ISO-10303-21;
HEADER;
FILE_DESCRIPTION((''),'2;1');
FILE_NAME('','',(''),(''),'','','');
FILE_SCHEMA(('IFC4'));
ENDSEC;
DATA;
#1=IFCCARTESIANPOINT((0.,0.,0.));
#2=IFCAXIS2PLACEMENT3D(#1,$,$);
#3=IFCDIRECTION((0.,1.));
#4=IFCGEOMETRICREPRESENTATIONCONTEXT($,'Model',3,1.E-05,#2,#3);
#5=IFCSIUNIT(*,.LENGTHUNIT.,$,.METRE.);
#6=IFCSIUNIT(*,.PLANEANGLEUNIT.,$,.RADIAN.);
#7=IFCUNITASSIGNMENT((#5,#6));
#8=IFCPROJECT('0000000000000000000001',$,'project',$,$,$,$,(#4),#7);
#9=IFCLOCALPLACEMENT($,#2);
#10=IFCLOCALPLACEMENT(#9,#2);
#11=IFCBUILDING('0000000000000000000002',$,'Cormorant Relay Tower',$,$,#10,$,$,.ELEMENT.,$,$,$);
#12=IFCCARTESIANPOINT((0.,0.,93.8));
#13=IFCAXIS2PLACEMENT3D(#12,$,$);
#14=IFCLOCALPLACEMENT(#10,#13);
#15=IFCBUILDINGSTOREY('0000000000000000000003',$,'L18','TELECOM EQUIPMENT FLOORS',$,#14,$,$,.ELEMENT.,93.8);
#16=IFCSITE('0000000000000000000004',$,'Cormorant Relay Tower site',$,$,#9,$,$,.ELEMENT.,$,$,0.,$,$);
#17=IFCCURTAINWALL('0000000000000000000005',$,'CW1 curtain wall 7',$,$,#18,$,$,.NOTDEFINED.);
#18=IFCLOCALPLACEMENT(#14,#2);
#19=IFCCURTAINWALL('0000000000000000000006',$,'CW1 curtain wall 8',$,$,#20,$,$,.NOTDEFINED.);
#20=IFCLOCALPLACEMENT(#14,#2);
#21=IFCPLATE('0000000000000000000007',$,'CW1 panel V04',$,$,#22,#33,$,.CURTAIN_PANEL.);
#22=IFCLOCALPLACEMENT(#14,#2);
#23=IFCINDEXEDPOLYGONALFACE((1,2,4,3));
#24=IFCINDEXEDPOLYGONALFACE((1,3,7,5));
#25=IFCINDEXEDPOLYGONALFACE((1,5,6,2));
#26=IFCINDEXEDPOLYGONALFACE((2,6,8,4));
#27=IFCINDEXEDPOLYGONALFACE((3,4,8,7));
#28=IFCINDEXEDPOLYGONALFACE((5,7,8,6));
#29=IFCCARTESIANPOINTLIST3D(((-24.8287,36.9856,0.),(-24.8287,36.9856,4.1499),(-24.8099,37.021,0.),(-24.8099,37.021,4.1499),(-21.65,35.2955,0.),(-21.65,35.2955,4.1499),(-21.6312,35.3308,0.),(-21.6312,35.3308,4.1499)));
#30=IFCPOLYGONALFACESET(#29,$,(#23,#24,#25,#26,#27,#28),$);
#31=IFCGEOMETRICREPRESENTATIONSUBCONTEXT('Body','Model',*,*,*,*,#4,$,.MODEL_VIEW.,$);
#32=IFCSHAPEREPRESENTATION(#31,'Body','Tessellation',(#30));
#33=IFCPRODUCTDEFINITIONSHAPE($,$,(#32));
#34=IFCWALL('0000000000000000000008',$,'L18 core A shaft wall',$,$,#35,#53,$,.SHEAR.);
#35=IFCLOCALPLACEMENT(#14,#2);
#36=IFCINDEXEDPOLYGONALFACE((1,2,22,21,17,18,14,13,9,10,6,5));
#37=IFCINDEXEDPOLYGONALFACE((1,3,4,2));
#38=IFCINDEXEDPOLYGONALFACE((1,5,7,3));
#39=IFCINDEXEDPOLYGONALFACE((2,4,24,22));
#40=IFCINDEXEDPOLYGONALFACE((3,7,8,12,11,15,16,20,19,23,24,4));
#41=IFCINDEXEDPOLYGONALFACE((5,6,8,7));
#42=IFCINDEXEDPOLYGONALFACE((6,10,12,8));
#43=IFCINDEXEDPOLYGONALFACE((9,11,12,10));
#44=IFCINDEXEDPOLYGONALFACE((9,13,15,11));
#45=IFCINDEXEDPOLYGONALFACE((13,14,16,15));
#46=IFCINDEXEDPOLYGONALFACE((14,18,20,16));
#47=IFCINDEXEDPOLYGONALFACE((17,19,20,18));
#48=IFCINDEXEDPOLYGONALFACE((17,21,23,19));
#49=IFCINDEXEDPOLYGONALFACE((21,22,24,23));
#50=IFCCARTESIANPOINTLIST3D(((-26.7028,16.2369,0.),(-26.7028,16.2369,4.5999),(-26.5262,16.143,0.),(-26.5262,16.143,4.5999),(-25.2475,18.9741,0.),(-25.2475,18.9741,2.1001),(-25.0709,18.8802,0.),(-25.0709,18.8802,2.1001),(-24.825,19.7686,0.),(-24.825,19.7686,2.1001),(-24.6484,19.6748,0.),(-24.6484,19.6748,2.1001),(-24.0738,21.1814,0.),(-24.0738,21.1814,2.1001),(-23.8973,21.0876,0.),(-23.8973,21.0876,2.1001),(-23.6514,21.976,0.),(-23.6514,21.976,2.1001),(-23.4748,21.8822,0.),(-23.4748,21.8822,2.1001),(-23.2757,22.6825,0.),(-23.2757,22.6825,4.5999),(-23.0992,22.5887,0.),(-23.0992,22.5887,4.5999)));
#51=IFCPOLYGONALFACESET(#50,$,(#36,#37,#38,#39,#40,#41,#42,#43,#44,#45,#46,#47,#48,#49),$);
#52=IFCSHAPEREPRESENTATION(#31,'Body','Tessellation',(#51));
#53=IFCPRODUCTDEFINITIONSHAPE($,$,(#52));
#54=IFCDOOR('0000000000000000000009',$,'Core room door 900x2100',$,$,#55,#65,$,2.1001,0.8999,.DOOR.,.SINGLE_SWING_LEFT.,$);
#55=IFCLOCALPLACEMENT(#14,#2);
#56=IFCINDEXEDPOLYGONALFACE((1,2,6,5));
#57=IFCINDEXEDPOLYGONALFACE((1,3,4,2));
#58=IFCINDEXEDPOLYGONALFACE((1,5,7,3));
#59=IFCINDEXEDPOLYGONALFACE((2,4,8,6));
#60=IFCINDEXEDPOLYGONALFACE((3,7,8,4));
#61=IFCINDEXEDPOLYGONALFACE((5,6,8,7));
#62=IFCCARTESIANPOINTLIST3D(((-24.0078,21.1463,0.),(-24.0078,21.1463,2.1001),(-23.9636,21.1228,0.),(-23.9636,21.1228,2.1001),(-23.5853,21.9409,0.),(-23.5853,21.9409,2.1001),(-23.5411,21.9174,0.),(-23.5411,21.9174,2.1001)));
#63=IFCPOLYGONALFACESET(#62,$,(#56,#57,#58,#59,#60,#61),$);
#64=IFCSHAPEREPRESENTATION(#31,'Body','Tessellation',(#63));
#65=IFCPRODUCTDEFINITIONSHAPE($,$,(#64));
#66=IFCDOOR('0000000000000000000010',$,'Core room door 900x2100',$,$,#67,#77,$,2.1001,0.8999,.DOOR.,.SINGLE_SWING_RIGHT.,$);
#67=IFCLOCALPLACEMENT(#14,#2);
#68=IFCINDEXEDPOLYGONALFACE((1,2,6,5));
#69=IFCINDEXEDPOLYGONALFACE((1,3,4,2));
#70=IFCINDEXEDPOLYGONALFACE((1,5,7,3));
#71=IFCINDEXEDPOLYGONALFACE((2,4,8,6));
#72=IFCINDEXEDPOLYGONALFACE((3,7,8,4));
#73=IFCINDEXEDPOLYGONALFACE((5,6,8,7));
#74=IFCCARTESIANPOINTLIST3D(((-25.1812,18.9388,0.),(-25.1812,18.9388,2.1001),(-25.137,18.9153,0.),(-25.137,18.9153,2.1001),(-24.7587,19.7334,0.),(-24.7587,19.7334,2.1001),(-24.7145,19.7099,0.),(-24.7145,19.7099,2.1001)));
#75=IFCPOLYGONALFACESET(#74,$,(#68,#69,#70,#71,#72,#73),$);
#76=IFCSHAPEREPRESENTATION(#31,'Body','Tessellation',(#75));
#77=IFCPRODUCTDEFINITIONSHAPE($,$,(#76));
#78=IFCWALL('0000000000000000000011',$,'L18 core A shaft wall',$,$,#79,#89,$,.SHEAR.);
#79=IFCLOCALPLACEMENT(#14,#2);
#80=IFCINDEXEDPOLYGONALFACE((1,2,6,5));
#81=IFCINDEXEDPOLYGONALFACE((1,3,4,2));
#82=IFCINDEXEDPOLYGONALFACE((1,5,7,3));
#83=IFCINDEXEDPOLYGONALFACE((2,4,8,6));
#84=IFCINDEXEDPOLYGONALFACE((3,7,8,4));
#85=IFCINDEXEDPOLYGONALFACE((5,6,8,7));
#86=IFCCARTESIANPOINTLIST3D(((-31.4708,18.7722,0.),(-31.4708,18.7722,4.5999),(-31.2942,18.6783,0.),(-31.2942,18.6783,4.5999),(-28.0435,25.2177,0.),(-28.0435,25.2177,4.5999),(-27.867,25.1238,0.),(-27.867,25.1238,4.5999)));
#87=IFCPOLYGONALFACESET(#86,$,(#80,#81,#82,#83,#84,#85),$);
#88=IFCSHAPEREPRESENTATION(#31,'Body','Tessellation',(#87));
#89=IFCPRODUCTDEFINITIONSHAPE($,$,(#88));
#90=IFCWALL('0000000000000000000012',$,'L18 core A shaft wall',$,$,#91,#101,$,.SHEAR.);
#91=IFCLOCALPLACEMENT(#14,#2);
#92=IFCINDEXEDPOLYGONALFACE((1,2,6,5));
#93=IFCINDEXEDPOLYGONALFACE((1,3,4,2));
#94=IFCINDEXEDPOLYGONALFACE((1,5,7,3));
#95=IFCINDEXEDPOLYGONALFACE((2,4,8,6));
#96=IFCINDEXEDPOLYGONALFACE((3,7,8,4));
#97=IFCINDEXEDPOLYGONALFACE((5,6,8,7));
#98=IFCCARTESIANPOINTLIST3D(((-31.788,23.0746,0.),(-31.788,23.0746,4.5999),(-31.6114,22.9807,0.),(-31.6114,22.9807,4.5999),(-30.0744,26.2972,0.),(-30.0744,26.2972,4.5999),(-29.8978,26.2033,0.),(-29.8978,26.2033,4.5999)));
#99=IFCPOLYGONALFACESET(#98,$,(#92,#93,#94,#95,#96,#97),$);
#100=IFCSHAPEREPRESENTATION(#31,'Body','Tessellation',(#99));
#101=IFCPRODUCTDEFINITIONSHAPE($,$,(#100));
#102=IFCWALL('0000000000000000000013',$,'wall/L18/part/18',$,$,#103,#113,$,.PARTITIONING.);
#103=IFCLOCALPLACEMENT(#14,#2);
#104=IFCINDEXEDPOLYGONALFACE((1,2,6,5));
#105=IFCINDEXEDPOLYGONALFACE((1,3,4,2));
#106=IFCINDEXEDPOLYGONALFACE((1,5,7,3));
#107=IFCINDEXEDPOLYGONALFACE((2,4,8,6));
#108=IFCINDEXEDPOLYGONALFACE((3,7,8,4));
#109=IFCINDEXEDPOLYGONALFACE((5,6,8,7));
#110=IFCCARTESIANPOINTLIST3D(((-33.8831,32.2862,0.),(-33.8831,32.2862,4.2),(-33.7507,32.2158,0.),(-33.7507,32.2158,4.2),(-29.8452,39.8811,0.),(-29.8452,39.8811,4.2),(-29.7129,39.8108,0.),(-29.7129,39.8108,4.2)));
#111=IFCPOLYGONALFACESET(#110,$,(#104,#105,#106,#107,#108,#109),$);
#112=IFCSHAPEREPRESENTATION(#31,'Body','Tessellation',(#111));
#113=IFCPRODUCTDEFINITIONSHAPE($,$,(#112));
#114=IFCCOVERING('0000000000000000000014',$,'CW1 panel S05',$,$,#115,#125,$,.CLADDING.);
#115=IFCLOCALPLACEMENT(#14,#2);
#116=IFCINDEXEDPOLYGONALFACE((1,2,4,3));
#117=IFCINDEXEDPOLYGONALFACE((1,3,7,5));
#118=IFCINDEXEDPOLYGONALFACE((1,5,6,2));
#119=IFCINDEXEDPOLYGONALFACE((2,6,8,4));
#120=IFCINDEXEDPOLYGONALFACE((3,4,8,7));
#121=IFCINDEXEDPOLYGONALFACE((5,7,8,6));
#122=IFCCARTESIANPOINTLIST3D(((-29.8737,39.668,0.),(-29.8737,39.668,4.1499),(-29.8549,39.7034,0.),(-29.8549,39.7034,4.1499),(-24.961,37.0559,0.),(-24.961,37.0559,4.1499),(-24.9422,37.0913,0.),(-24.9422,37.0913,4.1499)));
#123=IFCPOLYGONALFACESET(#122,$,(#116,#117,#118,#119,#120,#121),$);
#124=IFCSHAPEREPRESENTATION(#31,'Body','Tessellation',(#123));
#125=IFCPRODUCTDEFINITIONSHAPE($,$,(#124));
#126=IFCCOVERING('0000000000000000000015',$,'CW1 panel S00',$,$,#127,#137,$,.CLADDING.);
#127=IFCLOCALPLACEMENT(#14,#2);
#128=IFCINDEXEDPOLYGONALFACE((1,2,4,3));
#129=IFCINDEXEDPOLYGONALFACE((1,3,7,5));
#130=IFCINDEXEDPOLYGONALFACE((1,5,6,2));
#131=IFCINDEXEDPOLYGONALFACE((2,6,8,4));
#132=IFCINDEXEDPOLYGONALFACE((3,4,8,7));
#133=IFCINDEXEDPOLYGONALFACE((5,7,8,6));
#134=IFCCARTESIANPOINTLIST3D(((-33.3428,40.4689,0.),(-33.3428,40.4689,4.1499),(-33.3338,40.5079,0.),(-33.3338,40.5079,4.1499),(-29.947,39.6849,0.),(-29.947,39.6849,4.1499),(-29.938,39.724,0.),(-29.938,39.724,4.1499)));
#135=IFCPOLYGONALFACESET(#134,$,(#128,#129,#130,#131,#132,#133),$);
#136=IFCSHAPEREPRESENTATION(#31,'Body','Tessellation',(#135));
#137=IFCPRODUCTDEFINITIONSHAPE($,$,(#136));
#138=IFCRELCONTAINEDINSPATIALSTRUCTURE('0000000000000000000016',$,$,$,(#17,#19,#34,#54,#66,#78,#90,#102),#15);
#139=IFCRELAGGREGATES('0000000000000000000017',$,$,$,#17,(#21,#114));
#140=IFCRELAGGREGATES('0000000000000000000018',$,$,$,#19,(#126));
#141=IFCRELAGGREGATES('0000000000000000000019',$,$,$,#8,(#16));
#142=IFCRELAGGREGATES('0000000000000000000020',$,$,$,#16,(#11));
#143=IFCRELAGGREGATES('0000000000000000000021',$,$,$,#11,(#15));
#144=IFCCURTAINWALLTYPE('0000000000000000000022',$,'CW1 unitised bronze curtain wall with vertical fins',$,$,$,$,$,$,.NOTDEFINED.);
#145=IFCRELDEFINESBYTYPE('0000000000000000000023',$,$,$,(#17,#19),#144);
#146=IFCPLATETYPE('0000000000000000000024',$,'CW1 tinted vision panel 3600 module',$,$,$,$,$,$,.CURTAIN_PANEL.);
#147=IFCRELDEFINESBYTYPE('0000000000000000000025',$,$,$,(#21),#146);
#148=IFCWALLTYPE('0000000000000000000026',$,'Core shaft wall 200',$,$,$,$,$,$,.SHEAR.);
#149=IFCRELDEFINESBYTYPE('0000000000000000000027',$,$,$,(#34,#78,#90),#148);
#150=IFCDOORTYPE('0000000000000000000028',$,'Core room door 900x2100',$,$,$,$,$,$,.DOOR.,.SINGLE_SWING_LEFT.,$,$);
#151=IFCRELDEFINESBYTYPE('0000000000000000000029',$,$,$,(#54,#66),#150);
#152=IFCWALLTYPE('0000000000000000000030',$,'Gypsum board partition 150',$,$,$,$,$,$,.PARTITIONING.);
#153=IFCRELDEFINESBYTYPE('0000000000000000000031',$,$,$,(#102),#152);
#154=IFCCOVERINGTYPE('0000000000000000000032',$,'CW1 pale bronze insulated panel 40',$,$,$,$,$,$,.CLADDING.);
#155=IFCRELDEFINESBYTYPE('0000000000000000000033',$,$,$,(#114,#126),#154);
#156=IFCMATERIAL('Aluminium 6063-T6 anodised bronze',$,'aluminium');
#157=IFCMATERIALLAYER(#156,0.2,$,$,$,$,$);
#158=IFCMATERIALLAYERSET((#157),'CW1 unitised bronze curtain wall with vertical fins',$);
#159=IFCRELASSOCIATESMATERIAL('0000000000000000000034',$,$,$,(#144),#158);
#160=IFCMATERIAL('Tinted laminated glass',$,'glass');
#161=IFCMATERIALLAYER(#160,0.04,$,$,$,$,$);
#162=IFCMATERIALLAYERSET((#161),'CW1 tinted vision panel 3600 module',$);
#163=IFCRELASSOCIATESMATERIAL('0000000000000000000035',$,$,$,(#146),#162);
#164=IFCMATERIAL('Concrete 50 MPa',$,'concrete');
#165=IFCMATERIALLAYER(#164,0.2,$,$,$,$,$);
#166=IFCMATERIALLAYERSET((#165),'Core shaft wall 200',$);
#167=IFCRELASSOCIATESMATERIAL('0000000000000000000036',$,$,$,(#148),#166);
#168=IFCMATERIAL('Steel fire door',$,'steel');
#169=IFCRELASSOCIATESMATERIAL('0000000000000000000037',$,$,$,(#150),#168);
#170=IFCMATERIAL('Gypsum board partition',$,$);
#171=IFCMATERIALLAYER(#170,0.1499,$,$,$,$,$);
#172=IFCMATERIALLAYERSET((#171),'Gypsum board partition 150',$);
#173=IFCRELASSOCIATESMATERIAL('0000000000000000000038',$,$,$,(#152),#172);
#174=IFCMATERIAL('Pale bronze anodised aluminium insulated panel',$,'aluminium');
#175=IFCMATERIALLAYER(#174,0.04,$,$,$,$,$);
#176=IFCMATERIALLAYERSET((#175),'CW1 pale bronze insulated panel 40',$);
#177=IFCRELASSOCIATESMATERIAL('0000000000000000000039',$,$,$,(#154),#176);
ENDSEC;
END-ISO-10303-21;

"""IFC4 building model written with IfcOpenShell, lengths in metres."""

from ifc_helpers import new_model, si_unit, direction, frame, frame_2d, origin, origin_2d, place, context, subcontext, project, spatial, rectangle, extrude, material, layer, layer_set, type_object, element, fill, aggregate, save


model = new_model("IFC4")

# Units and contexts
model_context = context("Model", 3, precision=1e-05, world=origin(), true_north=direction((0.0, 1.0)))
body_context = subcontext(model_context, "Body", "Model", "MODEL_VIEW")
ifc_project = project(units=[si_unit("LENGTHUNIT", "METRE"), si_unit("PLANEANGLEUNIT", "RADIAN")], contexts=[model_context])

# Site, building, storey
site_placement = place(None, origin())
site = spatial("IfcSite", under=ifc_project, at=site_placement, Name="Cormorant Relay Tower site", CompositionType="ELEMENT", RefElevation=0.0)
building_placement = place(site_placement, origin())
building = spatial("IfcBuilding", under=site, at=building_placement, Name="Cormorant Relay Tower", CompositionType="ELEMENT")
storey_placement = place(building_placement, frame((0.0, 0.0, 93.8)))
storey = spatial("IfcBuildingStorey", under=building, at=storey_placement, Name="L18", Description="TELECOM EQUIPMENT FLOORS", CompositionType="ELEMENT", Elevation=93.8)

# Curtain wall
ifc_material_1 = material(Name="Aluminium 6063-T6 anodised bronze", Category="aluminium")
ifc_layer_1 = layer(ifc_material_1, 0.2)
ifc_layer_set_1 = layer_set([ifc_layer_1], Name="CW1 unitised bronze curtain wall with vertical fins")
curtain_wall_type = type_object("IfcCurtainWallType", Name="CW1 unitised bronze curtain wall with vertical fins", PredefinedType="NOTDEFINED", material=ifc_layer_set_1)
curtain_wall_1_placement = place(storey_placement, origin())
curtain_wall_1 = element("IfcCurtainWall", 1, at=curtain_wall_1_placement, inside=storey, type_object=curtain_wall_type, Name="CW1 curtain wall 7", PredefinedType="NOTDEFINED")

# Curtain wall
curtain_wall_2_placement = place(storey_placement, origin())
curtain_wall_2 = element("IfcCurtainWall", 2, at=curtain_wall_2_placement, inside=storey, type_object=curtain_wall_type, Name="CW1 curtain wall 8", PredefinedType="NOTDEFINED")

# Plate
ifc_material_2 = material(Name="Tinted laminated glass", Category="glass")
ifc_layer_2 = layer(ifc_material_2, 0.04)
ifc_layer_set_2 = layer_set([ifc_layer_2], Name="CW1 tinted vision panel 3600 module")
plate_type = type_object("IfcPlateType", Name="CW1 tinted vision panel 3600 module", PredefinedType="CURTAIN_PANEL", material=ifc_layer_set_2)
plate_placement = place(storey_placement, frame((-23.23, 36.1582, 0.0), z_axis=(0.0, 0.0, 1.0), x_axis=(-0.882948, 0.469472, 0.0)))
plate = element("IfcPlate", 3, at=plate_placement, type_object=plate_type, Name="CW1 panel V04", PredefinedType="CURTAIN_PANEL", context=body_context, shape_type="SweptSolid", body=[
    extrude(rectangle(XDim=3.6001, YDim=0.04, at=origin_2d()), origin(), (0.0, 0.0, 1.0), 4.1499),
])

# Wall, openings, doors
ifc_material_3 = material(Name="Concrete 50 MPa", Category="concrete")
ifc_layer_3 = layer(ifc_material_3, 0.2)
ifc_layer_set_3 = layer_set([ifc_layer_3], Name="Core shaft wall 200")
wall_type_1 = type_object("IfcWallType", Name="Core shaft wall 200", PredefinedType="SHEAR", material=ifc_layer_set_3)
wall_1_placement = place(storey_placement, frame((-23.1875, 22.6355, 0.0), z_axis=(0.0, 0.0, 1.0), x_axis=(-0.469454, -0.882957, 0.0)))
wall_1 = element("IfcWall", 4, at=wall_1_placement, inside=storey, type_object=wall_type_1, Name="L18 core A shaft wall", PredefinedType="SHEAR", context=body_context, shape_type="SweptSolid", body=[
    extrude(rectangle(XDim=7.3, YDim=0.2, at=frame_2d((3.6499, 0.0))), origin(), (0.0, 0.0, 1.0), 4.5999),
])
opening_1_placement = place(wall_1_placement, frame((0.8, 0.0, 0.0)))
opening_1 = element("IfcOpeningElement", 5, at=opening_1_placement, cuts=wall_1, PredefinedType="OPENING", context=body_context, shape_type="SweptSolid", body=[
    extrude(rectangle(XDim=0.8999, YDim=2.1001, at=frame_2d((0.45, 1.05))), frame((0.0, 0.1099, 0.0), z_axis=(0.0, -1.0, 0.0), x_axis=(1.0, 0.0, 0.0)), (0.0, 0.0, 1.0), 0.22),
])
opening_2_placement = place(wall_1_placement, frame((3.3, 0.0, 0.0)))
opening_2 = element("IfcOpeningElement", 6, at=opening_2_placement, cuts=wall_1, PredefinedType="OPENING", context=body_context, shape_type="SweptSolid", body=[
    extrude(rectangle(XDim=0.8999, YDim=2.1001, at=frame_2d((0.45, 1.05))), frame((0.0, 0.1099, 0.0), z_axis=(0.0, -1.0, 0.0), x_axis=(1.0, 0.0, 0.0)), (0.0, 0.0, 1.0), 0.22),
])
ifc_material_4 = material(Name="Steel fire door", Category="steel")
door_type_1 = type_object("IfcDoorType", Name="Core room door 900x2100", OperationType="SINGLE_SWING_LEFT", PredefinedType="DOOR", material=ifc_material_4)
door_1_placement = place(opening_1_placement, origin())
door_1 = element("IfcDoor", 7, at=door_1_placement, inside=storey, type_object=door_type_1, Name="Core room door 900x2100", OperationType="SINGLE_SWING_LEFT", OverallHeight=2.1001, OverallWidth=0.8999, PredefinedType="DOOR", context=body_context, shape_type="SweptSolid", body=[
    extrude(rectangle(XDim=0.8999, YDim=2.1001, at=frame_2d((0.45, 1.05))), frame((0.0, 0.0249, 0.0), z_axis=(0.0, -1.0, 0.0), x_axis=(1.0, 0.0, 0.0)), (0.0, 0.0, 1.0), 0.05),
])
fill(opening_1, door_1)
door_2_placement = place(opening_2_placement, frame((0.8999, 0.0, 0.0), z_axis=(0.0, 0.0, 1.0), x_axis=(-1.0, 0.0, 0.0)))
door_2 = element("IfcDoor", 8, at=door_2_placement, inside=storey, type_object=door_type_1, Name="Core room door 900x2100", OperationType="SINGLE_SWING_RIGHT", OverallHeight=2.1001, OverallWidth=0.8999, PredefinedType="DOOR", context=body_context, shape_type="SweptSolid", body=[
    extrude(rectangle(XDim=0.8999, YDim=2.1001, at=frame_2d((0.45, 1.05))), frame((0.0, 0.0249, 0.0), z_axis=(0.0, -1.0, 0.0), x_axis=(1.0, 0.0, 0.0)), (0.0, 0.0, 1.0), 0.05),
])
fill(opening_2, door_2)

# Walls
wall_2_placement = place(storey_placement, frame((-27.9553, 25.1707, 0.0), z_axis=(0.0, 0.0, 1.0), x_axis=(-0.46948, -0.882943, 0.0)))
element("IfcWall", 9, at=wall_2_placement, inside=storey, type_object=wall_type_1, Name="L18 core A shaft wall", PredefinedType="SHEAR", context=body_context, shape_type="SweptSolid", body=[
    extrude(rectangle(XDim=7.3, YDim=0.2, at=frame_2d((3.6499, 0.0))), origin(), (0.0, 0.0, 1.0), 4.5999),
])
wall_3_placement = place(storey_placement, frame((-29.9861, 26.2502, 0.0), z_axis=(0.0, 0.0, 1.0), x_axis=(-0.469494, -0.882936, 0.0)))
element("IfcWall", 10, at=wall_3_placement, inside=storey, type_object=wall_type_1, Name="L18 core A shaft wall", PredefinedType="SHEAR", context=body_context, shape_type="SweptSolid", body=[
    extrude(rectangle(XDim=3.6499, YDim=0.2, at=frame_2d((1.825, 0.0))), origin(), (0.0, 0.0, 1.0), 4.5999),
])

# Wall
ifc_material_5 = material(Name="Gypsum board partition")
ifc_layer_4 = layer(ifc_material_5, 0.1499)
ifc_layer_set_4 = layer_set([ifc_layer_4], Name="Gypsum board partition 150")
wall_type_2 = type_object("IfcWallType", Name="Gypsum board partition 150", PredefinedType="PARTITIONING", material=ifc_layer_set_4)
wall_4_placement = place(storey_placement, frame((-29.7791, 39.8459, 0.0), z_axis=(0.0, 0.0, 1.0), x_axis=(-0.469428, -0.882971, 0.0)))
element("IfcWall", 11, at=wall_4_placement, inside=storey, type_object=wall_type_2, Name="wall/L18/part/18", PredefinedType="PARTITIONING", context=body_context, shape_type="SweptSolid", body=[
    extrude(rectangle(XDim=8.6016, YDim=0.1499, at=frame_2d((4.3008, 0.0))), origin(), (0.0, 0.0, 1.0), 4.2),
])

# Coverings
ifc_material_6 = material(Name="Pale bronze anodised aluminium insulated panel", Category="aluminium")
ifc_layer_5 = layer(ifc_material_6, 0.04)
ifc_layer_set_5 = layer_set([ifc_layer_5], Name="CW1 pale bronze insulated panel 40")
covering_type = type_object("IfcCoveringType", Name="CW1 pale bronze insulated panel 40", PredefinedType="CLADDING", material=ifc_layer_set_5)
covering_1_placement = place(storey_placement, frame((-27.408, 38.3796, 0.0), z_axis=(0.0, 0.0, 1.0), x_axis=(-0.882948, 0.469472, 0.0)))
covering_1 = element("IfcCovering", 12, at=covering_1_placement, type_object=covering_type, Name="CW1 panel S05", PredefinedType="CLADDING", context=body_context, shape_type="SweptSolid", body=[
    extrude(rectangle(XDim=5.564, YDim=0.04, at=origin_2d()), origin(), (0.0, 0.0, 1.0), 4.1499),
])
aggregate(curtain_wall_1, [plate, covering_1])
covering_2_placement = place(storey_placement, frame((-31.6404, 40.0964, 0.0), z_axis=(0.0, 0.0, 1.0), x_axis=(-0.97437, 0.224951, 0.0)))
covering_2 = element("IfcCovering", 13, at=covering_2_placement, type_object=covering_type, Name="CW1 panel S00", PredefinedType="CLADDING", context=body_context, shape_type="SweptSolid", body=[
    extrude(rectangle(XDim=3.4851, YDim=0.04, at=origin_2d()), origin(), (0.0, 0.0, 1.0), 4.1499),
])
aggregate(curtain_wall_2, [covering_2])

save(model, "model.ifc")
